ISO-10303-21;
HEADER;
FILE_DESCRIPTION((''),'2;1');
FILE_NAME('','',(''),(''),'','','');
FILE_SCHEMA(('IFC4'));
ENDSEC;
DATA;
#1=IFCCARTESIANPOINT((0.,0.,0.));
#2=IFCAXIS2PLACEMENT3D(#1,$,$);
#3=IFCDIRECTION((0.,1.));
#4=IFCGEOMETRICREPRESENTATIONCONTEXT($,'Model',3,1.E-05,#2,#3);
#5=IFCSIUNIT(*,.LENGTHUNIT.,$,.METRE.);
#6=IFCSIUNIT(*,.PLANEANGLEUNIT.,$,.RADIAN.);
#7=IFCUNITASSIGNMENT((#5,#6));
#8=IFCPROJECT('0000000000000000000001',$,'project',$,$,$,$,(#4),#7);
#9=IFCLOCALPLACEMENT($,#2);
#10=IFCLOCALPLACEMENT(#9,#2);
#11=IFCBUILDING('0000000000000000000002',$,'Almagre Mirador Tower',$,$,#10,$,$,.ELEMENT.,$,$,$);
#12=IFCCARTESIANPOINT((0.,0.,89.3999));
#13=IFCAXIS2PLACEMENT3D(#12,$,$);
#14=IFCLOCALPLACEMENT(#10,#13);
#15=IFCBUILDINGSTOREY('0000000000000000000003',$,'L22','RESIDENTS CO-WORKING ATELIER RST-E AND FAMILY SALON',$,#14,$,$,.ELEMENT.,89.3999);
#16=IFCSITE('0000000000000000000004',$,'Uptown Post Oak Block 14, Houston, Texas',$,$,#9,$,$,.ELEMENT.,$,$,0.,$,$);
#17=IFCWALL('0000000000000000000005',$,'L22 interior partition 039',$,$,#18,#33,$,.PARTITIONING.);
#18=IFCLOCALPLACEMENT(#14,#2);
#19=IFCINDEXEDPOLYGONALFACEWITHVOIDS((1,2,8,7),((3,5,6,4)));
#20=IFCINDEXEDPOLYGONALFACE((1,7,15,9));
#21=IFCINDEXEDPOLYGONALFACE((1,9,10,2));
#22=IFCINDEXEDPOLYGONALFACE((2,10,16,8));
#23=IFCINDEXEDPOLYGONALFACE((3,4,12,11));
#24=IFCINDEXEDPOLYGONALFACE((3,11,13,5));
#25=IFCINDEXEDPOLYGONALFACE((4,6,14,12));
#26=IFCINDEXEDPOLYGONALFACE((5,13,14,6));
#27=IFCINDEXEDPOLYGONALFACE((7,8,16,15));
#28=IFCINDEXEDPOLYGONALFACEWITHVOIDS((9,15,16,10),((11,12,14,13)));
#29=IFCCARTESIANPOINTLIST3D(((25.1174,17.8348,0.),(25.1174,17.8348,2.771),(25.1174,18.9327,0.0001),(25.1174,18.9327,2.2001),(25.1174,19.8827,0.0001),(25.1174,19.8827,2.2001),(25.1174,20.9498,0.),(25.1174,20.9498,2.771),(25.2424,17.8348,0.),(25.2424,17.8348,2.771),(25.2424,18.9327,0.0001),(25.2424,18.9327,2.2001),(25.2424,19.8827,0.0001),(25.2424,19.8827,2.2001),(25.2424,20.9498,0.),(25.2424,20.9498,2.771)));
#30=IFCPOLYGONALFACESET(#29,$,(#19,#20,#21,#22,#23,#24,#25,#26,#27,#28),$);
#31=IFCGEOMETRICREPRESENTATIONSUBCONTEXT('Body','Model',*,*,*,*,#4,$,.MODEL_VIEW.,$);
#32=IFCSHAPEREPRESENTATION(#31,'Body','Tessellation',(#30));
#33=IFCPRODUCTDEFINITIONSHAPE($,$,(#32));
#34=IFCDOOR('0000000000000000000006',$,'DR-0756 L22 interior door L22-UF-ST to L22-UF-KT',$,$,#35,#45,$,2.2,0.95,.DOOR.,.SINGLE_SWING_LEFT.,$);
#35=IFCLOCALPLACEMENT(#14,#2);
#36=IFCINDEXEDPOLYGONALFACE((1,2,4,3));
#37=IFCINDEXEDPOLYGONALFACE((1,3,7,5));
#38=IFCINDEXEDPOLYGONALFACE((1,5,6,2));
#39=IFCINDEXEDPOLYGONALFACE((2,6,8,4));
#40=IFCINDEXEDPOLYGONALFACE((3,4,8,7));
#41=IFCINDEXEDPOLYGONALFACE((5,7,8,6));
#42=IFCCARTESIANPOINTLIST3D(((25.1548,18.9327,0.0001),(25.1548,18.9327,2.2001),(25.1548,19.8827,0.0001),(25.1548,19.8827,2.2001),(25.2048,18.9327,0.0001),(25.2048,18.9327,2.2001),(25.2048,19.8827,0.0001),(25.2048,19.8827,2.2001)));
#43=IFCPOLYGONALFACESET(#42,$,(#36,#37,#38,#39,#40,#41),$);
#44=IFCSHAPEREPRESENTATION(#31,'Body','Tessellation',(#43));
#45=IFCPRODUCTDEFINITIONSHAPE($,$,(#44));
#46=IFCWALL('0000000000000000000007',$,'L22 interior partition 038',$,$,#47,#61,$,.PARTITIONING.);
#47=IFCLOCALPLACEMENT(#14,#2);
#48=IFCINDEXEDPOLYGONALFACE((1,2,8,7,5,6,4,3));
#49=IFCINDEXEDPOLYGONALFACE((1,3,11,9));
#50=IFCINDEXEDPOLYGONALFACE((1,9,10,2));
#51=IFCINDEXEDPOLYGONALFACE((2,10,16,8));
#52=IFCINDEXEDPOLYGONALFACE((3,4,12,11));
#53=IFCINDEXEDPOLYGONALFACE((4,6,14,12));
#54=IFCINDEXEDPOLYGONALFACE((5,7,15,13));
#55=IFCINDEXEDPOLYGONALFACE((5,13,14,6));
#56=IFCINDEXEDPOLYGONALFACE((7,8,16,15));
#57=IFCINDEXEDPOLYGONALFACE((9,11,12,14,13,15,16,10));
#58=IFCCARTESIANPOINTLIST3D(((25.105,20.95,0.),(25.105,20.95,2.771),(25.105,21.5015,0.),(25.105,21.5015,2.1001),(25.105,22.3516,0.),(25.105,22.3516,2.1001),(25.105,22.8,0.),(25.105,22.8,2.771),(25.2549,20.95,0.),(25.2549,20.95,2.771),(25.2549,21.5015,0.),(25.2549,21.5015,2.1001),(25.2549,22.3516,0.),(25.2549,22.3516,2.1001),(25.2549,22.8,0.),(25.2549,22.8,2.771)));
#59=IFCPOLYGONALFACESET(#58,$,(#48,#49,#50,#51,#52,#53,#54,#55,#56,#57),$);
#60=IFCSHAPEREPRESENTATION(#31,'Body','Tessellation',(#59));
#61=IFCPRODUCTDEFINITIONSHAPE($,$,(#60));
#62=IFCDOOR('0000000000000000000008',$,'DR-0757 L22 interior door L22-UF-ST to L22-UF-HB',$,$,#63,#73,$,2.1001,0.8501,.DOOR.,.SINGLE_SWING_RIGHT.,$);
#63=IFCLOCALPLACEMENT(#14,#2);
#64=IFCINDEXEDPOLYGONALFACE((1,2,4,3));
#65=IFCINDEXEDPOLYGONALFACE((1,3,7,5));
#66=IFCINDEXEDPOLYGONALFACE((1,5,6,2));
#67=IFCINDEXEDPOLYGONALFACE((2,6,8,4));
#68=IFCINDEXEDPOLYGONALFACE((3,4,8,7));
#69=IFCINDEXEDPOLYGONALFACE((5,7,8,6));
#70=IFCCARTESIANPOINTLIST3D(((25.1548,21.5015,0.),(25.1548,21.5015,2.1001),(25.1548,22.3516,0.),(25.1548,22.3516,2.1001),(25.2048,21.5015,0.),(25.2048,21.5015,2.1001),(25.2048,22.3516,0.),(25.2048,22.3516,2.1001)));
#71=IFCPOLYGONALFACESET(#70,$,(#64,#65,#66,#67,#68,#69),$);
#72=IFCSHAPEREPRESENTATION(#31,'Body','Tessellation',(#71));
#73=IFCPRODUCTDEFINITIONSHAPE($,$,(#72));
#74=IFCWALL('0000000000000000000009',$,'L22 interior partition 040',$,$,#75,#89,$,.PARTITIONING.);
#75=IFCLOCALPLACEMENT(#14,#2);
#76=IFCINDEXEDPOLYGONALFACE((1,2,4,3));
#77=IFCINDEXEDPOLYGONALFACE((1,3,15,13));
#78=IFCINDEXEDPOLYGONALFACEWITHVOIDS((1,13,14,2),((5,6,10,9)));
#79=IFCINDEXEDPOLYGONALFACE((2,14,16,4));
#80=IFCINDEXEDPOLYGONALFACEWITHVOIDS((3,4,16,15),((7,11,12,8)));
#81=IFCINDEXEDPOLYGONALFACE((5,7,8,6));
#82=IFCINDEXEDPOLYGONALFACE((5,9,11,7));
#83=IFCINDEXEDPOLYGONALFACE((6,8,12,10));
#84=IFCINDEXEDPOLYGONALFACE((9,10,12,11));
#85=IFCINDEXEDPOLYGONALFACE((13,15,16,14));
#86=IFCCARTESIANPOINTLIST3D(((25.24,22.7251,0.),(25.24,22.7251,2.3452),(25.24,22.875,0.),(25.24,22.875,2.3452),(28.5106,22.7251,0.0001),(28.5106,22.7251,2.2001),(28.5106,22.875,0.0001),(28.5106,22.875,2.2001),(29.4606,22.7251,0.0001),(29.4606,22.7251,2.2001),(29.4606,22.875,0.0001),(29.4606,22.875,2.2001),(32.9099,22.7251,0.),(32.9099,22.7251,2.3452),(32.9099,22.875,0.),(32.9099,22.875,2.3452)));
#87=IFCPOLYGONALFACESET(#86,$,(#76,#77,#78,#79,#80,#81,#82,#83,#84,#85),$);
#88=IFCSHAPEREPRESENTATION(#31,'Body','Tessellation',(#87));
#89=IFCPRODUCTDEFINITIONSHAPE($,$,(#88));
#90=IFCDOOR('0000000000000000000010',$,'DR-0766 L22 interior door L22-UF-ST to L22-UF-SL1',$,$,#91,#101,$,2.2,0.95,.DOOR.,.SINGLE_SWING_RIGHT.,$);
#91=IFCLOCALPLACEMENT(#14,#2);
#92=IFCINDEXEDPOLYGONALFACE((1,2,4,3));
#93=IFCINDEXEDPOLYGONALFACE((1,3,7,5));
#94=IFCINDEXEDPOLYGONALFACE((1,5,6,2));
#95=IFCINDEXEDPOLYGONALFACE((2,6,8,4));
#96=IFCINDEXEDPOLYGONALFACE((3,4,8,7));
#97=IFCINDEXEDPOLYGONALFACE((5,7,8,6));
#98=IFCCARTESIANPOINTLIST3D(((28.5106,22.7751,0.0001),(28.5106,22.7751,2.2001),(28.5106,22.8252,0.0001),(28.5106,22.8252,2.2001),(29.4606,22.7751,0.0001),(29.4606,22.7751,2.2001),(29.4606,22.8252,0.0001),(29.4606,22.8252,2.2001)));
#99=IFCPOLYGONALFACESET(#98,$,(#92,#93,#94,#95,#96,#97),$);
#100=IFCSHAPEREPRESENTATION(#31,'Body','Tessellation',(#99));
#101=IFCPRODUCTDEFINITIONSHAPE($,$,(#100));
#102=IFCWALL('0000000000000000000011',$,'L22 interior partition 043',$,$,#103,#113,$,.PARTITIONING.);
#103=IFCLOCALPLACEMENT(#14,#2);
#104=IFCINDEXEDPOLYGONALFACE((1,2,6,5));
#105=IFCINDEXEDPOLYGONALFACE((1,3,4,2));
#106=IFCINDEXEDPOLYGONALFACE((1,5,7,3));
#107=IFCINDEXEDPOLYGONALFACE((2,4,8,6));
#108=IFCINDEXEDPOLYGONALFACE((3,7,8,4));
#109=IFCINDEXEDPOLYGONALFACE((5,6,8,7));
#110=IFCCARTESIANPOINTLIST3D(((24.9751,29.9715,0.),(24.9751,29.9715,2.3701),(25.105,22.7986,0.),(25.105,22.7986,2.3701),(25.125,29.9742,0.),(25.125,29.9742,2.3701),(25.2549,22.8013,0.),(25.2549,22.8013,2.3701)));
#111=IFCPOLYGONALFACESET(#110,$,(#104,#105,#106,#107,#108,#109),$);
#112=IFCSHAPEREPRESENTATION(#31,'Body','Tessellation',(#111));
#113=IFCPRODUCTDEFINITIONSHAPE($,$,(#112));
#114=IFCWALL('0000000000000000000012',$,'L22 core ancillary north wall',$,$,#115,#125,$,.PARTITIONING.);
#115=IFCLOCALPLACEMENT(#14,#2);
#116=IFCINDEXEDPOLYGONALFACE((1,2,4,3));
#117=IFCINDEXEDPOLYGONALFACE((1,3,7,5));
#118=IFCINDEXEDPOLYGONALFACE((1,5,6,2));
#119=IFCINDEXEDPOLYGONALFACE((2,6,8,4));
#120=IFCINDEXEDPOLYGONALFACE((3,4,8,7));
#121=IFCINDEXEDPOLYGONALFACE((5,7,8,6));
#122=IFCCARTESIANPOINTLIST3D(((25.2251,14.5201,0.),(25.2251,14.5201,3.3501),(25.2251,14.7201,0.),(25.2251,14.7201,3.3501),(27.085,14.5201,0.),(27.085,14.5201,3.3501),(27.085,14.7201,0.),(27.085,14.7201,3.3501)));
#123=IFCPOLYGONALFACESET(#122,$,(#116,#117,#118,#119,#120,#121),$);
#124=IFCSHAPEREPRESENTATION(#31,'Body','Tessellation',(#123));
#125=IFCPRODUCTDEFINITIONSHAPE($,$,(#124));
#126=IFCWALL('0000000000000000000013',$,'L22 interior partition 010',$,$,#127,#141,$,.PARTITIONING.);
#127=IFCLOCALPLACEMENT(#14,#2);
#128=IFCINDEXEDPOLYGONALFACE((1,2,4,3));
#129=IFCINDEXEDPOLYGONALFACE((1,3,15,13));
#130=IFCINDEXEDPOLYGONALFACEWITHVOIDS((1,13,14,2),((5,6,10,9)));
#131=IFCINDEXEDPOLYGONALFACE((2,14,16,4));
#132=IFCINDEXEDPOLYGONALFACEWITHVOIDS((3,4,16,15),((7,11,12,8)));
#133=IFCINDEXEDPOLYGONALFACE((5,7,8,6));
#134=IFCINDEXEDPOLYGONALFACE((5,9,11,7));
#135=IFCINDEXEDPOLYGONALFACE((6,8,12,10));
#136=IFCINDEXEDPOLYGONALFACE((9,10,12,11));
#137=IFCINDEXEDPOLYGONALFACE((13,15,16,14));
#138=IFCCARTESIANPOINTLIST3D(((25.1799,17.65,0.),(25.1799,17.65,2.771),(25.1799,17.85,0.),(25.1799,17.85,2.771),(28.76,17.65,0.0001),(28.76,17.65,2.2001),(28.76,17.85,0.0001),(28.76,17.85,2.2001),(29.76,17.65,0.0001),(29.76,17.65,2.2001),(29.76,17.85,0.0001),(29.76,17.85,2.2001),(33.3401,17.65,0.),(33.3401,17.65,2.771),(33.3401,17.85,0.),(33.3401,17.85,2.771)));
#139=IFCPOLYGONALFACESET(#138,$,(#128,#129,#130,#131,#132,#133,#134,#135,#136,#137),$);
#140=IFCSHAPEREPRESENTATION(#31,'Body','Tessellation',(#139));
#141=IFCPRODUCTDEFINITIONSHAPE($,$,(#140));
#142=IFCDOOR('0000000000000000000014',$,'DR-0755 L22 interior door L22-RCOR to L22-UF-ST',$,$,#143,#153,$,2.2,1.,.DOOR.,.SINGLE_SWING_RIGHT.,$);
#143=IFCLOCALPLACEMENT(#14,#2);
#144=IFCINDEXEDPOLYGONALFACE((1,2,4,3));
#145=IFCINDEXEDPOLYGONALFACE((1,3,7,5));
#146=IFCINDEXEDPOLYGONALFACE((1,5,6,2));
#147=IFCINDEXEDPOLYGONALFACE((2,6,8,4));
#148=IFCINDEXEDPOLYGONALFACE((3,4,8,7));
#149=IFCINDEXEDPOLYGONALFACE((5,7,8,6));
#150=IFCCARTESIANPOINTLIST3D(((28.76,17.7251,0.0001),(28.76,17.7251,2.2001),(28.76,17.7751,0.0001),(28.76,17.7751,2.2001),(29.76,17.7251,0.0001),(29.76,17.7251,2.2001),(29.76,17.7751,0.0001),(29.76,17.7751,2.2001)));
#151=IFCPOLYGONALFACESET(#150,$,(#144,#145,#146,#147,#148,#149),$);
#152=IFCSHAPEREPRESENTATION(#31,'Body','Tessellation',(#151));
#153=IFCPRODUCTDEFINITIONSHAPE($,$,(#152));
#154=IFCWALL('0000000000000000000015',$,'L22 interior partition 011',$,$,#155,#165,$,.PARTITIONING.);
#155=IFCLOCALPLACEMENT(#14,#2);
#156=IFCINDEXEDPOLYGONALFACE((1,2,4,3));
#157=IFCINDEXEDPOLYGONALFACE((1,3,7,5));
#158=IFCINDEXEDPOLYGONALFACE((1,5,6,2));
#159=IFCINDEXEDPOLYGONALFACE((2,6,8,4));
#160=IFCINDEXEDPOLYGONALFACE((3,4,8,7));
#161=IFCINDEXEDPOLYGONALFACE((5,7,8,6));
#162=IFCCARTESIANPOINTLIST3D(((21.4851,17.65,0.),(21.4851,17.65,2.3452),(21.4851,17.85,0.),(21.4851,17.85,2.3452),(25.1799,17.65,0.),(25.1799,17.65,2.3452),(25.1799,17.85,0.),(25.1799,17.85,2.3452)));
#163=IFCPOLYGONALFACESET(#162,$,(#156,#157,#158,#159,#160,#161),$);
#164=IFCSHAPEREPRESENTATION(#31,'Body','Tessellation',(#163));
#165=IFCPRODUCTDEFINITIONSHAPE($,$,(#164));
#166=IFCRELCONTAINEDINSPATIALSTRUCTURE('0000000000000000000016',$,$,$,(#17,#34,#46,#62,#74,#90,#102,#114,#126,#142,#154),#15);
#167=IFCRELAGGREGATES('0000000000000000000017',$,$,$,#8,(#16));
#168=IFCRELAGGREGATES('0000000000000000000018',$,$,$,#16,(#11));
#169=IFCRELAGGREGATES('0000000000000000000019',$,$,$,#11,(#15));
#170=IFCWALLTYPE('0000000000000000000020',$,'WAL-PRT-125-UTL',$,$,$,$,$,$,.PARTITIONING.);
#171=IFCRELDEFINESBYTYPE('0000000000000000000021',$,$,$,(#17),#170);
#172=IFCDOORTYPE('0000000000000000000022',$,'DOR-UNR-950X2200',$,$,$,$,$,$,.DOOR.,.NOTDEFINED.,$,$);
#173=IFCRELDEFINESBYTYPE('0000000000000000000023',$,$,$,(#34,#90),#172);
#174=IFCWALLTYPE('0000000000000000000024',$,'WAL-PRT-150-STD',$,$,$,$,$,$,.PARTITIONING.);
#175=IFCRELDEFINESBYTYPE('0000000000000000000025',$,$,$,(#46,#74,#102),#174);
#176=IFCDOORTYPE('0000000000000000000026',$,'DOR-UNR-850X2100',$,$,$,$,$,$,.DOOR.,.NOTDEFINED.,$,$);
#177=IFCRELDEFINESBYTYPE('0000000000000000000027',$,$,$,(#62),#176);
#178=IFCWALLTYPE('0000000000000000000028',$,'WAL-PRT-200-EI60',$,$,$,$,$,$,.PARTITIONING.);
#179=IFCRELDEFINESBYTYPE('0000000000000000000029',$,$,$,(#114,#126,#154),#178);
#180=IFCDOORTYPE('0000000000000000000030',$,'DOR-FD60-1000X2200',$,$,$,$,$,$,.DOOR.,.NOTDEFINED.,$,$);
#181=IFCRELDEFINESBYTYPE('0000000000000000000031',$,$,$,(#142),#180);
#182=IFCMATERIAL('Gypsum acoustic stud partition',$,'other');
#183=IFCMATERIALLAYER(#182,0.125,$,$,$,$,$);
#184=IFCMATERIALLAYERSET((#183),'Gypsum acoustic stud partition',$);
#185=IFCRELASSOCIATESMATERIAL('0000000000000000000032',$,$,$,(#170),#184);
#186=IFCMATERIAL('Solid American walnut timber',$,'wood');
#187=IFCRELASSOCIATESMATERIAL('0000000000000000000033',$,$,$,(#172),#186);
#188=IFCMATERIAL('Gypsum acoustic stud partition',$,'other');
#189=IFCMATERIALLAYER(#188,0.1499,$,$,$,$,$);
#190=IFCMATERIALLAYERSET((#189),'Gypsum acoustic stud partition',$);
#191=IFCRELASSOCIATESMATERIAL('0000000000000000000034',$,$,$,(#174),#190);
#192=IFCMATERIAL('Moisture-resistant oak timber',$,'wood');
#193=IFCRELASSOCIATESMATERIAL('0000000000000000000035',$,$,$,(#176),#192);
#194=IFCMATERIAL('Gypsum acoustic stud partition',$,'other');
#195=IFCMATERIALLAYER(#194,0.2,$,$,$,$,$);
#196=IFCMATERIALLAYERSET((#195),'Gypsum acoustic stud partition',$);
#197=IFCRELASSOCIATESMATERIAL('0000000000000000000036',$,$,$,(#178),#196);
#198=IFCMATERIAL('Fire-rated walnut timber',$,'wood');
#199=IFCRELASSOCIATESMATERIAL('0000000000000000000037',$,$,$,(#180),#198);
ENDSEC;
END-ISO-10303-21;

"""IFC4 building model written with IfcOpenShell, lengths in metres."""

from ifc_helpers import new_model, si_unit, direction, frame, frame_2d, origin, place, context, subcontext, project, spatial, rectangle, extrude, material, layer, layer_set, type_object, element, fill, save


model = new_model("IFC4")

# Units and contexts
model_context = context("Model", 3, precision=1e-05, world=origin(), true_north=direction((0.0, 1.0)))
body_context = subcontext(model_context, "Body", "Model", "MODEL_VIEW")
ifc_project = project(units=[si_unit("LENGTHUNIT", "METRE"), si_unit("PLANEANGLEUNIT", "RADIAN")], contexts=[model_context])

# Site, building, storey
site_placement = place(None, origin())
site = spatial("IfcSite", under=ifc_project, at=site_placement, Name="Uptown Post Oak Block 14, Houston, Texas", CompositionType="ELEMENT", RefElevation=0.0)
building_placement = place(site_placement, origin())
building = spatial("IfcBuilding", under=site, at=building_placement, Name="Almagre Mirador Tower", CompositionType="ELEMENT")
storey_placement = place(building_placement, frame((0.0, 0.0, 89.3999)))
storey = spatial("IfcBuildingStorey", under=building, at=storey_placement, Name="L22", Description="RESIDENTS CO-WORKING ATELIER RST-E AND FAMILY SALON", CompositionType="ELEMENT", Elevation=89.3999)

# Walls, openings, doors
ifc_material_1 = material(Name="Gypsum acoustic stud partition", Category="other")
ifc_layer_1 = layer(ifc_material_1, 0.125)
ifc_layer_set_1 = layer_set([ifc_layer_1], Name="Gypsum acoustic stud partition")
wall_type_1 = type_object("IfcWallType", Name="WAL-PRT-125-UTL", PredefinedType="PARTITIONING", material=ifc_layer_set_1)
wall_1_placement = place(storey_placement, frame((25.1799, 20.95, 0.0), z_axis=(0.0, 0.0, 1.0), x_axis=(0.0, -1.0, 0.0)))
wall_1 = element("IfcWall", 1, at=wall_1_placement, inside=storey, type_object=wall_type_1, Name="L22 interior partition 039", PredefinedType="PARTITIONING", context=body_context, shape_type="SweptSolid", body=[
    extrude(rectangle(XDim=3.115, YDim=0.125, at=frame_2d((1.5576, 0.0))), origin(), (0.0, 0.0, 1.0), 2.771),
])
opening_1_placement = place(wall_1_placement, frame((1.0671, 0.0, 0.0)))
opening_1 = element("IfcOpeningElement", 2, at=opening_1_placement, cuts=wall_1, PredefinedType="OPENING", context=body_context, shape_type="SweptSolid", body=[
    extrude(rectangle(XDim=0.95, YDim=2.2, at=frame_2d((0.4751, 1.1001))), frame((0.0, 0.0725, 0.0), z_axis=(0.0, -1.0, 0.0), x_axis=(1.0, 0.0, 0.0)), (0.0, 0.0, 1.0), 0.145),
])
ifc_material_2 = material(Name="Solid American walnut timber", Category="wood")
door_type_1 = type_object("IfcDoorType", Name="DOR-UNR-950X2200", OperationType="NOTDEFINED", PredefinedType="DOOR", material=ifc_material_2)
door_1_placement = place(opening_1_placement, origin())
door_1 = element("IfcDoor", 3, at=door_1_placement, inside=storey, type_object=door_type_1, Name="DR-0756 L22 interior door L22-UF-ST to L22-UF-KT", OperationType="SINGLE_SWING_LEFT", OverallHeight=2.2, OverallWidth=0.95, PredefinedType="DOOR", context=body_context, shape_type="SweptSolid", body=[
    extrude(rectangle(XDim=0.95, YDim=2.2, at=frame_2d((0.4751, 1.1001))), frame((0.0, 0.0249, 0.0), z_axis=(0.0, -1.0, 0.0), x_axis=(1.0, 0.0, 0.0)), (0.0, 0.0, 1.0), 0.05),
])
fill(opening_1, door_1)
ifc_material_3 = material(Name="Gypsum acoustic stud partition", Category="other")
ifc_layer_2 = layer(ifc_material_3, 0.1499)
ifc_layer_set_2 = layer_set([ifc_layer_2], Name="Gypsum acoustic stud partition")
wall_type_2 = type_object("IfcWallType", Name="WAL-PRT-150-STD", PredefinedType="PARTITIONING", material=ifc_layer_set_2)
wall_2_placement = place(storey_placement, frame((25.1799, 22.8, 0.0), z_axis=(0.0, 0.0, 1.0), x_axis=(0.0, -1.0, 0.0)))
wall_2 = element("IfcWall", 4, at=wall_2_placement, inside=storey, type_object=wall_type_2, Name="L22 interior partition 038", PredefinedType="PARTITIONING", context=body_context, shape_type="SweptSolid", body=[
    extrude(rectangle(XDim=1.8501, YDim=0.1499, at=frame_2d((0.925, 0.0))), origin(), (0.0, 0.0, 1.0), 2.771),
])
opening_2_placement = place(wall_2_placement, frame((0.4485, 0.0, 0.0)))
opening_2 = element("IfcOpeningElement", 5, at=opening_2_placement, cuts=wall_2, PredefinedType="OPENING", context=body_context, shape_type="SweptSolid", body=[
    extrude(rectangle(XDim=0.8501, YDim=2.1001, at=frame_2d((0.425, 1.05))), frame((0.0, 0.085, 0.0), z_axis=(0.0, -1.0, 0.0), x_axis=(1.0, 0.0, 0.0)), (0.0, 0.0, 1.0), 0.1699),
])
ifc_material_4 = material(Name="Moisture-resistant oak timber", Category="wood")
door_type_2 = type_object("IfcDoorType", Name="DOR-UNR-850X2100", OperationType="NOTDEFINED", PredefinedType="DOOR", material=ifc_material_4)
door_2_placement = place(opening_2_placement, origin())
door_2 = element("IfcDoor", 6, at=door_2_placement, inside=storey, type_object=door_type_2, Name="DR-0757 L22 interior door L22-UF-ST to L22-UF-HB", OperationType="SINGLE_SWING_RIGHT", OverallHeight=2.1001, OverallWidth=0.8501, PredefinedType="DOOR", context=body_context, shape_type="SweptSolid", body=[
    extrude(rectangle(XDim=0.8501, YDim=2.1001, at=frame_2d((0.425, 1.05))), frame((0.0, 0.0249, 0.0), z_axis=(0.0, -1.0, 0.0), x_axis=(1.0, 0.0, 0.0)), (0.0, 0.0, 1.0), 0.05),
])
fill(opening_2, door_2)
wall_3_placement = place(storey_placement, frame((32.9099, 22.8, 0.0), z_axis=(0.0, 0.0, 1.0), x_axis=(-1.0, 0.0, 0.0)))
wall_3 = element("IfcWall", 7, at=wall_3_placement, inside=storey, type_object=wall_type_2, Name="L22 interior partition 040", PredefinedType="PARTITIONING", context=body_context, shape_type="SweptSolid", body=[
    extrude(rectangle(XDim=7.6699, YDim=0.1499, at=frame_2d((3.835, 0.0))), origin(), (0.0, 0.0, 1.0), 2.3452),
])
opening_3_placement = place(wall_3_placement, frame((3.4492, 0.0, 0.0)))
opening_3 = element("IfcOpeningElement", 8, at=opening_3_placement, cuts=wall_3, PredefinedType="OPENING", context=body_context, shape_type="SweptSolid", body=[
    extrude(rectangle(XDim=0.95, YDim=2.2, at=frame_2d((0.4751, 1.1001))), frame((0.0, 0.085, 0.0), z_axis=(0.0, -1.0, 0.0), x_axis=(1.0, 0.0, 0.0)), (0.0, 0.0, 1.0), 0.1699),
])
door_3_placement = place(opening_3_placement, origin())
door_3 = element("IfcDoor", 9, at=door_3_placement, inside=storey, type_object=door_type_1, Name="DR-0766 L22 interior door L22-UF-ST to L22-UF-SL1", OperationType="SINGLE_SWING_RIGHT", OverallHeight=2.2, OverallWidth=0.95, PredefinedType="DOOR", context=body_context, shape_type="SweptSolid", body=[
    extrude(rectangle(XDim=0.95, YDim=2.2, at=frame_2d((0.4751, 1.1001))), frame((0.0, 0.0249, 0.0), z_axis=(0.0, -1.0, 0.0), x_axis=(1.0, 0.0, 0.0)), (0.0, 0.0, 1.0), 0.05),
])
fill(opening_3, door_3)

# Walls
wall_4_placement = place(storey_placement, frame((25.1799, 22.8, 0.0), z_axis=(0.0, 0.0, 1.0), x_axis=(-0.018105, 0.999836, 0.0)))
element("IfcWall", 10, at=wall_4_placement, inside=storey, type_object=wall_type_2, Name="L22 interior partition 043", PredefinedType="PARTITIONING", context=body_context, shape_type="SweptSolid", body=[
    extrude(rectangle(XDim=7.1741, YDim=0.1499, at=frame_2d((3.5869, 0.0))), origin(), (0.0, 0.0, 1.0), 2.3701),
])
ifc_material_5 = material(Name="Gypsum acoustic stud partition", Category="other")
ifc_layer_3 = layer(ifc_material_5, 0.2)
ifc_layer_set_3 = layer_set([ifc_layer_3], Name="Gypsum acoustic stud partition")
wall_type_3 = type_object("IfcWallType", Name="WAL-PRT-200-EI60", PredefinedType="PARTITIONING", material=ifc_layer_set_3)
wall_5_placement = place(storey_placement, frame((25.2251, 14.6201, 0.0), z_axis=(0.0, 0.0, 1.0), x_axis=(1.0, 0.0, 0.0)))
element("IfcWall", 11, at=wall_5_placement, inside=storey, type_object=wall_type_3, Name="L22 core ancillary north wall", PredefinedType="PARTITIONING", context=body_context, shape_type="SweptSolid", body=[
    extrude(rectangle(XDim=1.8599, YDim=0.2, at=frame_2d((0.9299, 0.0))), origin(), (0.0, 0.0, 1.0), 3.3501),
])

# Wall, opening, door
wall_6_placement = place(storey_placement, frame((33.3401, 17.75, 0.0), z_axis=(0.0, 0.0, 1.0), x_axis=(-1.0, 0.0, 0.0)))
wall_6 = element("IfcWall", 12, at=wall_6_placement, inside=storey, type_object=wall_type_3, Name="L22 interior partition 010", PredefinedType="PARTITIONING", context=body_context, shape_type="SweptSolid", body=[
    extrude(rectangle(XDim=8.1602, YDim=0.2, at=frame_2d((4.0801, 0.0))), origin(), (0.0, 0.0, 1.0), 2.771),
])
opening_4_placement = place(wall_6_placement, frame((3.5801, 0.0, 0.0)))
opening_4 = element("IfcOpeningElement", 13, at=opening_4_placement, cuts=wall_6, PredefinedType="OPENING", context=body_context, shape_type="SweptSolid", body=[
    extrude(rectangle(XDim=1.0, YDim=2.2, at=frame_2d((0.5, 1.1001))), frame((0.0, 0.1101, 0.0), z_axis=(0.0, -1.0, 0.0), x_axis=(1.0, 0.0, 0.0)), (0.0, 0.0, 1.0), 0.22),
])
ifc_material_6 = material(Name="Fire-rated walnut timber", Category="wood")
door_type_3 = type_object("IfcDoorType", Name="DOR-FD60-1000X2200", OperationType="NOTDEFINED", PredefinedType="DOOR", material=ifc_material_6)
door_4_placement = place(opening_4_placement, origin())
door_4 = element("IfcDoor", 14, at=door_4_placement, inside=storey, type_object=door_type_3, Name="DR-0755 L22 interior door L22-RCOR to L22-UF-ST", OperationType="SINGLE_SWING_RIGHT", OverallHeight=2.2, OverallWidth=1.0, PredefinedType="DOOR", context=body_context, shape_type="SweptSolid", body=[
    extrude(rectangle(XDim=1.0, YDim=2.2, at=frame_2d((0.5, 1.1001))), frame((0.0, 0.0249, 0.0), z_axis=(0.0, -1.0, 0.0), x_axis=(1.0, 0.0, 0.0)), (0.0, 0.0, 1.0), 0.05),
])
fill(opening_4, door_4)

# Wall
wall_7_placement = place(storey_placement, frame((25.1799, 17.75, 0.0), z_axis=(0.0, 0.0, 1.0), x_axis=(-1.0, 0.0, 0.0)))
element("IfcWall", 15, at=wall_7_placement, inside=storey, type_object=wall_type_3, Name="L22 interior partition 011", PredefinedType="PARTITIONING", context=body_context, shape_type="SweptSolid", body=[
    extrude(rectangle(XDim=3.6948, YDim=0.2, at=frame_2d((1.8474, 0.0))), origin(), (0.0, 0.0, 1.0), 2.3452),
])

save(model, "model.ifc")
